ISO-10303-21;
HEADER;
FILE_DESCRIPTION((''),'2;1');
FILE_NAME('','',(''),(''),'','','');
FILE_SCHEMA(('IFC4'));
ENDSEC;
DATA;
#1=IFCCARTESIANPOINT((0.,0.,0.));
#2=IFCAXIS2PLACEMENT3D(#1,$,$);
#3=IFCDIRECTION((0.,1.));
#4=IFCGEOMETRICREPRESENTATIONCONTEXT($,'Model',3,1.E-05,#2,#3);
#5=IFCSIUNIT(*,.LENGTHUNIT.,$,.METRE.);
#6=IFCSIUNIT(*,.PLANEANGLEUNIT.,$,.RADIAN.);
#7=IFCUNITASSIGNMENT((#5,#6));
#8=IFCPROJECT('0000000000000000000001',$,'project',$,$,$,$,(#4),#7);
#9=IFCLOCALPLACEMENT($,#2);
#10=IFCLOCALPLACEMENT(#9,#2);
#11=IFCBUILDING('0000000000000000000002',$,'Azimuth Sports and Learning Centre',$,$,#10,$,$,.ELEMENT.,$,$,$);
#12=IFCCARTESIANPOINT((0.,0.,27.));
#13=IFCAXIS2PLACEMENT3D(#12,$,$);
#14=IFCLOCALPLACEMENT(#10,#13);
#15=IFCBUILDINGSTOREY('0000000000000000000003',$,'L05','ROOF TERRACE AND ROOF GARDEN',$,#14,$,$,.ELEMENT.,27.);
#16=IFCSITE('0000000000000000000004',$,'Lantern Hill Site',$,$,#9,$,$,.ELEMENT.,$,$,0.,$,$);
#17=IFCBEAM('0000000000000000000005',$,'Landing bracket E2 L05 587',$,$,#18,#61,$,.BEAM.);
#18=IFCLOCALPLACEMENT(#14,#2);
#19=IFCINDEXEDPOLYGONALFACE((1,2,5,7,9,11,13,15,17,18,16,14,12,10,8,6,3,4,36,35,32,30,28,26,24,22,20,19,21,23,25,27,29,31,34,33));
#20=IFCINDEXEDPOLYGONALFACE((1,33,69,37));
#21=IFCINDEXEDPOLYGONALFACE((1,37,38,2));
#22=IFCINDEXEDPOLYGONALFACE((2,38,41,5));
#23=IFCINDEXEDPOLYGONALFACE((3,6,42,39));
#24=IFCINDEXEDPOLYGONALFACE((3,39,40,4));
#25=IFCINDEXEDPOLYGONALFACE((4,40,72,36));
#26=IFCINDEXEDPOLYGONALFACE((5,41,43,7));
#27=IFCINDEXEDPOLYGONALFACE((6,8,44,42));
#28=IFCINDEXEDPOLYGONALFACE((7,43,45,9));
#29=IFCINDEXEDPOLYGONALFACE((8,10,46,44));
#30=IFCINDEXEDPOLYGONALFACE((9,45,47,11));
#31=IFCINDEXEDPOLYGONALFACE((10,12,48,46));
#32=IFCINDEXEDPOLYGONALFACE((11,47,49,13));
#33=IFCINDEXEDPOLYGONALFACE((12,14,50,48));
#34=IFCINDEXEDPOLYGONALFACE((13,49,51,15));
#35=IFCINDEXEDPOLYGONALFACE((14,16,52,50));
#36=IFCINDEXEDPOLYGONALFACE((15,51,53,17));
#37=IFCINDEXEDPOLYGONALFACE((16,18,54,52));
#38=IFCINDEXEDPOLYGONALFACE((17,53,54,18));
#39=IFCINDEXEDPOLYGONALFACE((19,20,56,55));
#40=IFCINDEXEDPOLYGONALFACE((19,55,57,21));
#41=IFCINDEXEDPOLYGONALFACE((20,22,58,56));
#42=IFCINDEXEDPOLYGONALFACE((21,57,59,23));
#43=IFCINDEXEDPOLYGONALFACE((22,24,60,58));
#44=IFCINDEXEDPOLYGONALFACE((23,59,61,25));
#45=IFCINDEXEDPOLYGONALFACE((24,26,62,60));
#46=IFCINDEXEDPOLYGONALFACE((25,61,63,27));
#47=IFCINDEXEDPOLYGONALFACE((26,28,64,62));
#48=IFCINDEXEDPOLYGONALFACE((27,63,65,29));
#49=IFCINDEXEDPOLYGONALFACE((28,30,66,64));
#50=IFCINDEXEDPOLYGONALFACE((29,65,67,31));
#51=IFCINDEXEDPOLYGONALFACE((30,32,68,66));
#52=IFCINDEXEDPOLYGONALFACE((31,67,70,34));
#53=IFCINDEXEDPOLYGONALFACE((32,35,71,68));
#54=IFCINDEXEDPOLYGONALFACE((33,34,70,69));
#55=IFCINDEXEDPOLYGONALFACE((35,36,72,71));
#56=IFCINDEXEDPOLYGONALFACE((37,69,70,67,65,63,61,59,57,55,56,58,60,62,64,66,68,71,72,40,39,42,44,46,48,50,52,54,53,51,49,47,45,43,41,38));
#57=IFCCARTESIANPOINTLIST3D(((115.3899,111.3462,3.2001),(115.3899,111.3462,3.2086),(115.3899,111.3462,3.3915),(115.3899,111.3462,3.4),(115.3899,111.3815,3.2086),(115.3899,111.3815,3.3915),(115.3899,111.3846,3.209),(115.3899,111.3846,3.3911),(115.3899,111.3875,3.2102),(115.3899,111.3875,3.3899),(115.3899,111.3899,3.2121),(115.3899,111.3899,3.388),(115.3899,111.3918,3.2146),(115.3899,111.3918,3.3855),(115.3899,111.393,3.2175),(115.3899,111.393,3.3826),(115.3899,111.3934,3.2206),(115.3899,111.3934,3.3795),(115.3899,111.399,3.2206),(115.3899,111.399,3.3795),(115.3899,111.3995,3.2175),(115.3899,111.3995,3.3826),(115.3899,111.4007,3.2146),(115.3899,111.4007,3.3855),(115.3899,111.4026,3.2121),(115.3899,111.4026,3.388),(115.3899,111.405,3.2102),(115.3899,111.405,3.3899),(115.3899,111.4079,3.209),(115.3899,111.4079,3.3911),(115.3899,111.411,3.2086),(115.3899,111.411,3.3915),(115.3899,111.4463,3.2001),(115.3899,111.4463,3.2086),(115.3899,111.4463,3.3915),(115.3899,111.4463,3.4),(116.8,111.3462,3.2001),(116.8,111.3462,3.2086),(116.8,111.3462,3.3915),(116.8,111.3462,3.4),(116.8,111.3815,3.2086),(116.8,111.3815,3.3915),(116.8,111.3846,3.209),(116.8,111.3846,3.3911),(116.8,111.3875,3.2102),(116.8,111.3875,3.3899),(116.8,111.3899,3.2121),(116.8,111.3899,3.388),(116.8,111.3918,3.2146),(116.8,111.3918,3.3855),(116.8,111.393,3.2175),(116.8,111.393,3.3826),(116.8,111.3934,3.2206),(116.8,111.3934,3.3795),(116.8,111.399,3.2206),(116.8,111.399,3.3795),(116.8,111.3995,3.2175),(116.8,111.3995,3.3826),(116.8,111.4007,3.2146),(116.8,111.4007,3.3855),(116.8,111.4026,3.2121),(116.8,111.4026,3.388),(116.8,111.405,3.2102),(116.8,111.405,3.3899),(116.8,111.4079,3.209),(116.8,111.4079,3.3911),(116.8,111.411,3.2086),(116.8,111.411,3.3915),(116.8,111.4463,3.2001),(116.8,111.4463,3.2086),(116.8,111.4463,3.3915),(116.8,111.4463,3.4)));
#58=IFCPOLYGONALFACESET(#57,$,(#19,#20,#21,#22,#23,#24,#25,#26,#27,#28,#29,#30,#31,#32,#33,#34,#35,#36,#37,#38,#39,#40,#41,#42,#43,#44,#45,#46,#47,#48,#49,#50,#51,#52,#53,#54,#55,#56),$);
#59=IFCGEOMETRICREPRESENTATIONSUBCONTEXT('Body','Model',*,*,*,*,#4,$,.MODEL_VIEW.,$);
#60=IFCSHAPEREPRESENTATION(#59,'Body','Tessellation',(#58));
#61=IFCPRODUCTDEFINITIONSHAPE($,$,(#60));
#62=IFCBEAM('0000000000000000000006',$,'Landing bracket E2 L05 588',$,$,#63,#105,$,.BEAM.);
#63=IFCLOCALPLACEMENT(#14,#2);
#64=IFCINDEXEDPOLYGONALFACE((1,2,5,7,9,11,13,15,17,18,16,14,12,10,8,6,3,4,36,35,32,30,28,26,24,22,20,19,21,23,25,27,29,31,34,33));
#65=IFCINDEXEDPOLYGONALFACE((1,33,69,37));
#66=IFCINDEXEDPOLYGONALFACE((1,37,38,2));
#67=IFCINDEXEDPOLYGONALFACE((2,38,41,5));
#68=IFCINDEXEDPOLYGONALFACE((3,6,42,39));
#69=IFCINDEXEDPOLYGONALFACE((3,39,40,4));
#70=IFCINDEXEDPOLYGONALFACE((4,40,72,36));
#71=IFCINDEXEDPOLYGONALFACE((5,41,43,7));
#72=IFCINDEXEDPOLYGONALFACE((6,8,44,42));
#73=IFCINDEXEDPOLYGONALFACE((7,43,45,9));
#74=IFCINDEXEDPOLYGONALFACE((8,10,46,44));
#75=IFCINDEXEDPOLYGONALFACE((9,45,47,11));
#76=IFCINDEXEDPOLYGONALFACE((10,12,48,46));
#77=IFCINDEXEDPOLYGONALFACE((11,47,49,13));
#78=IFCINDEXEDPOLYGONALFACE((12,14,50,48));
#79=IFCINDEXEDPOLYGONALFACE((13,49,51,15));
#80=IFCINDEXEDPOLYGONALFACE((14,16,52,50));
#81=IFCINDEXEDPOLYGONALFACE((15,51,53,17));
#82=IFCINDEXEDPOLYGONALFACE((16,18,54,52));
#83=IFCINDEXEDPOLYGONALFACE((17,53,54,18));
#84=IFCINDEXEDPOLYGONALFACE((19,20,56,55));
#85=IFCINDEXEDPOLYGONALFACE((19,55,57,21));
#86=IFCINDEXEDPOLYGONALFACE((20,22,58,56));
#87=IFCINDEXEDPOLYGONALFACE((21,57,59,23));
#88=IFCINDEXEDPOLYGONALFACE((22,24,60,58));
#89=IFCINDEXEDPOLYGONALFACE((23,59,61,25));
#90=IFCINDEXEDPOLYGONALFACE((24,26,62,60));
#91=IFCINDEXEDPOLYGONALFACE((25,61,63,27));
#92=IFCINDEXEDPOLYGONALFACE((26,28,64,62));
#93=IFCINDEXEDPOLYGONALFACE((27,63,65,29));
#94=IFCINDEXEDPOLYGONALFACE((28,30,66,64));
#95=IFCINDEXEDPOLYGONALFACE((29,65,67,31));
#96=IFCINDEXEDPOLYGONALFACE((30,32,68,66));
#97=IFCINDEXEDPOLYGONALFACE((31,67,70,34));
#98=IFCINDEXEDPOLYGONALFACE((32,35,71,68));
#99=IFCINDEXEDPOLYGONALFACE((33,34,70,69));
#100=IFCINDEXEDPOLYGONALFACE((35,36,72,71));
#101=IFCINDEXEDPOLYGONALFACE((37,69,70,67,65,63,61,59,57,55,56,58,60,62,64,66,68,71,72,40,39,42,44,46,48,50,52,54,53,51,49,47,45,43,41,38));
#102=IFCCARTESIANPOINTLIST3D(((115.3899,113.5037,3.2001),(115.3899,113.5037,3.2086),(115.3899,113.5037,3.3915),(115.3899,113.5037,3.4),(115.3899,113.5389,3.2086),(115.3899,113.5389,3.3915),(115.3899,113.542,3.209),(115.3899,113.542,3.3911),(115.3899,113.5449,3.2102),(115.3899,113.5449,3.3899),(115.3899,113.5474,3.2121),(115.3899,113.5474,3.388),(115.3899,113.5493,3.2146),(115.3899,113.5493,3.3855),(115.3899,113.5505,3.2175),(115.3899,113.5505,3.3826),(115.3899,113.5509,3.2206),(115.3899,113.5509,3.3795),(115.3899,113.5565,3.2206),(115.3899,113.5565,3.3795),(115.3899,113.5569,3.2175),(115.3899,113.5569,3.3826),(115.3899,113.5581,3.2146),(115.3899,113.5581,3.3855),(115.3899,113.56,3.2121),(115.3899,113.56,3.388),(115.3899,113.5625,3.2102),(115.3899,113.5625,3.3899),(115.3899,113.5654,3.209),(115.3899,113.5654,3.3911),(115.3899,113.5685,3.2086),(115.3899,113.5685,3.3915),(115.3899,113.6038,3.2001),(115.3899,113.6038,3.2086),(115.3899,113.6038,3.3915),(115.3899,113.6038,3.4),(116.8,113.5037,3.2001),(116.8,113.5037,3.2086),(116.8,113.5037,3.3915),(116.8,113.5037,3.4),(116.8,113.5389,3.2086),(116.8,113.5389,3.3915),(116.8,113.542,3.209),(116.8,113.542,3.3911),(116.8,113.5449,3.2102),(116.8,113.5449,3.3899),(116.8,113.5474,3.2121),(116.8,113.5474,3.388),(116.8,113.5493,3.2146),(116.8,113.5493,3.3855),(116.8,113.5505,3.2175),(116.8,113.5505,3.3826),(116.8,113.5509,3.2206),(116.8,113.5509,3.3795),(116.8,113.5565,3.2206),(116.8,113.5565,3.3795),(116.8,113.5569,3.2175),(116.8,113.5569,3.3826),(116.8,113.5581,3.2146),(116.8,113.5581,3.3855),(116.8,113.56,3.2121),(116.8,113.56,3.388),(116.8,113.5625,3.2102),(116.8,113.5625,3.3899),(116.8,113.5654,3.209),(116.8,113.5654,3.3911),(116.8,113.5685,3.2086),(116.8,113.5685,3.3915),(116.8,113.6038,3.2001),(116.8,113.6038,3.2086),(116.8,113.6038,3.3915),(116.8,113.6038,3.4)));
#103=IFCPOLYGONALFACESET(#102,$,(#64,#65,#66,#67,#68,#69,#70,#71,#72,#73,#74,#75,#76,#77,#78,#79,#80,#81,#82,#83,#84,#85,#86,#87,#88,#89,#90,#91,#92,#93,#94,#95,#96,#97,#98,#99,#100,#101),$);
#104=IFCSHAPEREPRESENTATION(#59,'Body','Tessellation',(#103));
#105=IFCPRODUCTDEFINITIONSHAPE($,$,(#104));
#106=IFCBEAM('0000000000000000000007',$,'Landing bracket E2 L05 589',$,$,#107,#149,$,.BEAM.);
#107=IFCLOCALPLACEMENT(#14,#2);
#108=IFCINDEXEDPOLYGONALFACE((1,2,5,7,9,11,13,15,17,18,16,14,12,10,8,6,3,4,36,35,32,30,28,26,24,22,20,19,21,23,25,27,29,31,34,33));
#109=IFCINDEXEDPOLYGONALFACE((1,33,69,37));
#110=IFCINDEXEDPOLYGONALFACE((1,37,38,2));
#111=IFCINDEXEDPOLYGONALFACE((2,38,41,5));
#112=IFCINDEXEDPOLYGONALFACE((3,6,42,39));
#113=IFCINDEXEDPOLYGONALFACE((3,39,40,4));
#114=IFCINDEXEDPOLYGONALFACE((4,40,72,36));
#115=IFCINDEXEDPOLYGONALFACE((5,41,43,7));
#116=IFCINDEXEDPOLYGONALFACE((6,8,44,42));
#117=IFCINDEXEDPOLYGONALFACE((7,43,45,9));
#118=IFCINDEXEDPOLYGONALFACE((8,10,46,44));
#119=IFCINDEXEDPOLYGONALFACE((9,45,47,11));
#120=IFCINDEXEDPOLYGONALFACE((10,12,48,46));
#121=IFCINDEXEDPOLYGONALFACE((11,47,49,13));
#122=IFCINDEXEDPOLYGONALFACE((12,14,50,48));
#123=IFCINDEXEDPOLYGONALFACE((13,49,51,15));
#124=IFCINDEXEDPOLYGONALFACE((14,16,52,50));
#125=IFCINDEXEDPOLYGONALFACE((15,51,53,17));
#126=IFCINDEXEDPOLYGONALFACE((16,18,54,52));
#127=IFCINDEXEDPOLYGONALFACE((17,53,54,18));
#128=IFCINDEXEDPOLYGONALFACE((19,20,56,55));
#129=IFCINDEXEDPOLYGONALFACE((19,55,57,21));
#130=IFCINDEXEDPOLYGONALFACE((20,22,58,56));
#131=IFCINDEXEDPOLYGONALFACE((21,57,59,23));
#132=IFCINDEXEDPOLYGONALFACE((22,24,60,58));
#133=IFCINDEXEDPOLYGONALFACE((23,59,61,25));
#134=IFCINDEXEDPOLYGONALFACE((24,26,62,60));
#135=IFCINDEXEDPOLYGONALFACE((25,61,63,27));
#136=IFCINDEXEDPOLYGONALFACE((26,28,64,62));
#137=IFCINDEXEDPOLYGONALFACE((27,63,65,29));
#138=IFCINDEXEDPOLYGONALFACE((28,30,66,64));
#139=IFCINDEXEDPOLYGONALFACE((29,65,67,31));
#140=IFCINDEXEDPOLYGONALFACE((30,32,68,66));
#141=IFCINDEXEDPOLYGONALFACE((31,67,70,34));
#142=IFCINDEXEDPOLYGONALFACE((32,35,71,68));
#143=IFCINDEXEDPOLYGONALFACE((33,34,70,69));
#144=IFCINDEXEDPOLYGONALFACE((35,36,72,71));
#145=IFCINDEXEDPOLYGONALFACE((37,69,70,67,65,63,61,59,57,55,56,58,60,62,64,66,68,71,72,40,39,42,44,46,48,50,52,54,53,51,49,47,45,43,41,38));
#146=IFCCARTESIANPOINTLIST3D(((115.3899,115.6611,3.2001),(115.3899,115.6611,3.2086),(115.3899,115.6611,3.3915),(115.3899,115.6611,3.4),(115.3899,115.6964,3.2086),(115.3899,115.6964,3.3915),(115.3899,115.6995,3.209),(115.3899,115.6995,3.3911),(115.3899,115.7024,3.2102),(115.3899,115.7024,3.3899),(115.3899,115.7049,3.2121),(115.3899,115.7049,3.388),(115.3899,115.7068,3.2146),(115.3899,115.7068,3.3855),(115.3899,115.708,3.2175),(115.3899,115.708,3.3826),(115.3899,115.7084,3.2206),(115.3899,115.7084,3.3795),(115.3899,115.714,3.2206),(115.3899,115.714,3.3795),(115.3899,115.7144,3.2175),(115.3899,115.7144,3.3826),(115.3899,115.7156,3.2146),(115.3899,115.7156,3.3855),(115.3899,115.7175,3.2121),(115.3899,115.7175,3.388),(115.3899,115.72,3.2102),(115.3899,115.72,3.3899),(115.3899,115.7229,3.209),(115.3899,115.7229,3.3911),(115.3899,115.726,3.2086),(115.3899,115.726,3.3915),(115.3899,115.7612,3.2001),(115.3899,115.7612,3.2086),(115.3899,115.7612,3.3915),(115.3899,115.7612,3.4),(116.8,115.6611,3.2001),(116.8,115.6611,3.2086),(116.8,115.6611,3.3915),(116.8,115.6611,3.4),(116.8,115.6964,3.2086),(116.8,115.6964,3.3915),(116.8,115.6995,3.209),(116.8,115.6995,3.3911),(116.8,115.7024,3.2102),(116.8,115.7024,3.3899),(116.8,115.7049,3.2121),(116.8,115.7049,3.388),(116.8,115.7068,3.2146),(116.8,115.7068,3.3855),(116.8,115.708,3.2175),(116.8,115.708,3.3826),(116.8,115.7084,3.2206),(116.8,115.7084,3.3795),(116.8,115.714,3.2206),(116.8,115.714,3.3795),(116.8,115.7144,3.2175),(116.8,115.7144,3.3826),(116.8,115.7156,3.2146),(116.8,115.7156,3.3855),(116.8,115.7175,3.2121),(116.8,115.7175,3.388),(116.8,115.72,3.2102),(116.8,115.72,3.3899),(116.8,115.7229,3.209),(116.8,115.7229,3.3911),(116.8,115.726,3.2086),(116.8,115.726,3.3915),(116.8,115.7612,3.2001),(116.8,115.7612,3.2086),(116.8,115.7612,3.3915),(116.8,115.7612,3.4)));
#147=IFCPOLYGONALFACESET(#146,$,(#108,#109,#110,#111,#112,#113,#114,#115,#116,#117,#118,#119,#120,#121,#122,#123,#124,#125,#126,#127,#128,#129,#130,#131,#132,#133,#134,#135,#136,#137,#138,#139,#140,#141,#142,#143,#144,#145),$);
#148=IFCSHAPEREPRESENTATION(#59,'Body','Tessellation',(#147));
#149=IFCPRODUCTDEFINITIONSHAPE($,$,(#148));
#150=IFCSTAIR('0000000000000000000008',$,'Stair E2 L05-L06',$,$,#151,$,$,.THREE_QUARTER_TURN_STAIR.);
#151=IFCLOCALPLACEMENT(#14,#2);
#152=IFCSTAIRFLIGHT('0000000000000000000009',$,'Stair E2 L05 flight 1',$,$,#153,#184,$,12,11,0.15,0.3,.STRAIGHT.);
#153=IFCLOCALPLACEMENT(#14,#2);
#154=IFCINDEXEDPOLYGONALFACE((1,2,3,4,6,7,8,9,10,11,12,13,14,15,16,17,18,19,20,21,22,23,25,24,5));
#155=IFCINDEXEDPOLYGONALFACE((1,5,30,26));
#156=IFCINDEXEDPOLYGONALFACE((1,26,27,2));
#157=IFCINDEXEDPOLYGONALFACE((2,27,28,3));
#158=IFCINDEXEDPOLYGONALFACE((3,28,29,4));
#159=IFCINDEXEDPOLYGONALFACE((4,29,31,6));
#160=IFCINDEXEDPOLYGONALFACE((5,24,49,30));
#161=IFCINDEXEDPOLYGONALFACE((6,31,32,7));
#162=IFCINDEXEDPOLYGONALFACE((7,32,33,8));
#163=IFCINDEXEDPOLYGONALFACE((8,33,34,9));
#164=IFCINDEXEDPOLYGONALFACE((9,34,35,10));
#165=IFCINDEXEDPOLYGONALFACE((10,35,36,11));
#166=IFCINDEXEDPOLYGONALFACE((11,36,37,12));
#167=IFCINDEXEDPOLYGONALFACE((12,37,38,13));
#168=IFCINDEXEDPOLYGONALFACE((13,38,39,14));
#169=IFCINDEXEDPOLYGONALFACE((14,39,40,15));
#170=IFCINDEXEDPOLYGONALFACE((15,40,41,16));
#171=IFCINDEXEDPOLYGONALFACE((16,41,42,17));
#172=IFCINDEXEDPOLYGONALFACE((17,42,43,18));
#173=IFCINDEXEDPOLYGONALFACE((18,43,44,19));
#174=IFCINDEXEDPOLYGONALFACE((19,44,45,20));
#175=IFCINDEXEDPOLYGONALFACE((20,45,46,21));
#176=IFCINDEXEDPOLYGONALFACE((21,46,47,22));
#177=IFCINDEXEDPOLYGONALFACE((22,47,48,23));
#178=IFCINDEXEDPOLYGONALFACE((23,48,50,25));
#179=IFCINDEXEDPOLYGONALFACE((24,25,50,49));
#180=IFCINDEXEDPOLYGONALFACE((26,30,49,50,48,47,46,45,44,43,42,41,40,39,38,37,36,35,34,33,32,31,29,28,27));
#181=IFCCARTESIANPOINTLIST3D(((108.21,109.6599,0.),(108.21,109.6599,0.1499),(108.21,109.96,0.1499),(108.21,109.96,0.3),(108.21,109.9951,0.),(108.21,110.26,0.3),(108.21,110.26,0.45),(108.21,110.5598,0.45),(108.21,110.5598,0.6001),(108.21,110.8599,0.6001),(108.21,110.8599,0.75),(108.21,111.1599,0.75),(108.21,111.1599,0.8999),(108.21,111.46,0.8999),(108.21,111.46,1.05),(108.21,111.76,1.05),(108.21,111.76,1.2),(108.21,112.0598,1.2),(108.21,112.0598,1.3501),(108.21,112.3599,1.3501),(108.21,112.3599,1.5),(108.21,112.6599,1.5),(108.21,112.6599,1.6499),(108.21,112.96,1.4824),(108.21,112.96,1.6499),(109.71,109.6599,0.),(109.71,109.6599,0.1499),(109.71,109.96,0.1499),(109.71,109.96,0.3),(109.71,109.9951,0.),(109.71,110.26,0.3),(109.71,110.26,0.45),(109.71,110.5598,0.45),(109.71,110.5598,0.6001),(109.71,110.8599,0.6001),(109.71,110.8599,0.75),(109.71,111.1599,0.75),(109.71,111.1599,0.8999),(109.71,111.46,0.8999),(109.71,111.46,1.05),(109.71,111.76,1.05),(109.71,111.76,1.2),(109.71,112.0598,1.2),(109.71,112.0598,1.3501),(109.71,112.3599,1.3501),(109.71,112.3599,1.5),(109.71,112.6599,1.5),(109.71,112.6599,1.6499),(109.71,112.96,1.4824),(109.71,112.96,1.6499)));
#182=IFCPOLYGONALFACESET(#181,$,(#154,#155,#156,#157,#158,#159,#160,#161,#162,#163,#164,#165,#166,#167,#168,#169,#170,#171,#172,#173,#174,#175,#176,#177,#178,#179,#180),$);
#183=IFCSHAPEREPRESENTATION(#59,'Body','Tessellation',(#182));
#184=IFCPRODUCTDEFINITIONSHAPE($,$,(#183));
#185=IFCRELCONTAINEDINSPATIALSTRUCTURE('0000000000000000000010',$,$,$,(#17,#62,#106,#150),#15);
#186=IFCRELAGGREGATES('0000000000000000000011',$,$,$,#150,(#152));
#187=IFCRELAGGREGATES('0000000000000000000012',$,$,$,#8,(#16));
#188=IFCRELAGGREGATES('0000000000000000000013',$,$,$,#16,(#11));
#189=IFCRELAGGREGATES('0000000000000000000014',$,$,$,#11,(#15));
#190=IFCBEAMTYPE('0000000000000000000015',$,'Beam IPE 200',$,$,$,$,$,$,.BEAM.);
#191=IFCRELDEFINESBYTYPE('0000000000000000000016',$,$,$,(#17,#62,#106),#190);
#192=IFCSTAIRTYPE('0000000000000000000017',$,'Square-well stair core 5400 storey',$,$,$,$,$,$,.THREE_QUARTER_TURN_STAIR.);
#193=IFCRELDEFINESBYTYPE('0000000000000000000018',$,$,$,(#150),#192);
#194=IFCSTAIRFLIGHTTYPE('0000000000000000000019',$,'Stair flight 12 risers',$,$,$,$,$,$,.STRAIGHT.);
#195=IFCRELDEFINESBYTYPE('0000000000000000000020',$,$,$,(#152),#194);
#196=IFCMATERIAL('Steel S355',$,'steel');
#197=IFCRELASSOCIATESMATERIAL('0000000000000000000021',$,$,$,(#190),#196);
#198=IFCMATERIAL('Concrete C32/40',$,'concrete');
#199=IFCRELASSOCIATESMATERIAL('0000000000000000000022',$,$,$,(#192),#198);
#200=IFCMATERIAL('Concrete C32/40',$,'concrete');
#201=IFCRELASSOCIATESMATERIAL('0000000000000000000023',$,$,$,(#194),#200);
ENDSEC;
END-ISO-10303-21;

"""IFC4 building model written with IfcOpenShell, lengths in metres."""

from ifc_helpers import new_model, si_unit, direction, frame, origin, origin_2d, place, context, subcontext, project, spatial, polyline, i_section, outline, extrude, material, material_profile, profile_set, type_object, element, aggregate, save


model = new_model("IFC4")

# Units and contexts
model_context = context("Model", 3, precision=1e-05, world=origin(), true_north=direction((0.0, 1.0)))
body_context = subcontext(model_context, "Body", "Model", "MODEL_VIEW")
ifc_project = project(units=[si_unit("LENGTHUNIT", "METRE"), si_unit("PLANEANGLEUNIT", "RADIAN")], contexts=[model_context])

# Site, building, storey
site_placement = place(None, origin())
site = spatial("IfcSite", under=ifc_project, at=site_placement, Name="Lantern Hill Site", CompositionType="ELEMENT", RefElevation=0.0)
building_placement = place(site_placement, origin())
building = spatial("IfcBuilding", under=site, at=building_placement, Name="Azimuth Sports and Learning Centre", CompositionType="ELEMENT")
storey_placement = place(building_placement, frame((0.0, 0.0, 27.0)))
storey = spatial("IfcBuildingStorey", under=building, at=storey_placement, Name="L05", Description="ROOF TERRACE AND ROOF GARDEN", CompositionType="ELEMENT", Elevation=27.0)

# Beams
ifc_material_1 = material(Name="Steel S355", Category="steel")
ifc_material_profile = material_profile(ifc_material_1, i_section(OverallWidth=0.1001, OverallDepth=0.2, WebThickness=0.0056, FlangeThickness=0.0085, FilletRadius=0.012, at=origin_2d()), Name="IPE 200")
ifc_profile_set = profile_set([ifc_material_profile], Name="Steel S355")
beam_type = type_object("IfcBeamType", Name="Beam IPE 200", PredefinedType="BEAM", material=ifc_profile_set)
for number, where, z_axis, x_axis, name in (
    (1, (116.8, 111.3962, 3.3), (-1.0, 0.0, 0.0), (0.0, -1.0, 0.0), "Landing bracket E2 L05 587"),
    (2, (116.8, 113.5537, 3.3), (-1.0, 0.0, 0.0), (0.0, -1.0, 0.0), "Landing bracket E2 L05 588"),
    (3, (116.8, 115.7112, 3.3), (-1.0, 0.0, 0.0), (0.0, -1.0, 0.0), "Landing bracket E2 L05 589"),
):
    element("IfcBeam", number, at=place(storey_placement, frame(where, z_axis=z_axis, x_axis=x_axis)), inside=storey, type_object=beam_type, Name=name, PredefinedType="BEAM", context=body_context, shape_type="SweptSolid", body=[
        extrude(i_section(OverallWidth=0.1001, OverallDepth=0.2, WebThickness=0.0056, FlangeThickness=0.0085, FilletRadius=0.012, at=origin_2d()), origin(), (0.0, 0.0, 1.0), 1.4102),
    ])

# Stair, stair flight
ifc_material_2 = material(Name="Concrete C32/40", Category="concrete")
stair_type = type_object("IfcStairType", Name="Square-well stair core 5400 storey", PredefinedType="THREE_QUARTER_TURN_STAIR", material=ifc_material_2)
stair_placement = place(storey_placement, origin())
stair = element("IfcStair", 4, at=stair_placement, inside=storey, type_object=stair_type, Name="Stair E2 L05-L06", PredefinedType="THREE_QUARTER_TURN_STAIR")
ifc_material_3 = material(Name="Concrete C32/40", Category="concrete")
stair_flight_type = type_object("IfcStairFlightType", Name="Stair flight 12 risers", PredefinedType="STRAIGHT", material=ifc_material_3)
stair_flight_1_placement = place(storey_placement, frame((108.96, 109.6599, 0.0), z_axis=(0.0, 0.0, 1.0), x_axis=(0.0, 1.0, 0.0)))
stair_flight_1 = element("IfcStairFlight", 5, at=stair_flight_1_placement, type_object=stair_flight_type, Name="Stair E2 L05 flight 1", NumberOfRisers=12, NumberOfTreads=11, PredefinedType="STRAIGHT", RiserHeight=0.15, TreadLength=0.3, context=body_context, shape_type="SweptSolid", body=[
    extrude(outline(polyline([(0.0, 0.0), (0.0, 0.1499), (0.3, 0.1499), (0.3, 0.3), (0.6001, 0.3), (0.6001, 0.45), (0.8999, 0.45), (0.8999, 0.6001), (1.2, 0.6001), (1.2, 0.75), (1.5, 0.75), (1.5, 0.8999), (1.8, 0.8999), (1.8, 1.05), (2.1001, 1.05), (2.1001, 1.2), (2.3999, 1.2), (2.3999, 1.3501), (2.7, 1.3501), (2.7, 1.5), (3.0, 1.5), (3.0, 1.6499), (3.3, 1.6499), (3.3, 1.8), (3.3, 1.4824), (0.3352, 0.0), (0.0, 0.0)])), frame((0.0, 0.75, 0.0), z_axis=(0.0, -1.0, 0.0), x_axis=(1.0, 0.0, 0.0)), (0.0, 0.0, 1.0), 1.5),
])
aggregate(stair, [stair_flight_1])

save(model, "model.ifc")
